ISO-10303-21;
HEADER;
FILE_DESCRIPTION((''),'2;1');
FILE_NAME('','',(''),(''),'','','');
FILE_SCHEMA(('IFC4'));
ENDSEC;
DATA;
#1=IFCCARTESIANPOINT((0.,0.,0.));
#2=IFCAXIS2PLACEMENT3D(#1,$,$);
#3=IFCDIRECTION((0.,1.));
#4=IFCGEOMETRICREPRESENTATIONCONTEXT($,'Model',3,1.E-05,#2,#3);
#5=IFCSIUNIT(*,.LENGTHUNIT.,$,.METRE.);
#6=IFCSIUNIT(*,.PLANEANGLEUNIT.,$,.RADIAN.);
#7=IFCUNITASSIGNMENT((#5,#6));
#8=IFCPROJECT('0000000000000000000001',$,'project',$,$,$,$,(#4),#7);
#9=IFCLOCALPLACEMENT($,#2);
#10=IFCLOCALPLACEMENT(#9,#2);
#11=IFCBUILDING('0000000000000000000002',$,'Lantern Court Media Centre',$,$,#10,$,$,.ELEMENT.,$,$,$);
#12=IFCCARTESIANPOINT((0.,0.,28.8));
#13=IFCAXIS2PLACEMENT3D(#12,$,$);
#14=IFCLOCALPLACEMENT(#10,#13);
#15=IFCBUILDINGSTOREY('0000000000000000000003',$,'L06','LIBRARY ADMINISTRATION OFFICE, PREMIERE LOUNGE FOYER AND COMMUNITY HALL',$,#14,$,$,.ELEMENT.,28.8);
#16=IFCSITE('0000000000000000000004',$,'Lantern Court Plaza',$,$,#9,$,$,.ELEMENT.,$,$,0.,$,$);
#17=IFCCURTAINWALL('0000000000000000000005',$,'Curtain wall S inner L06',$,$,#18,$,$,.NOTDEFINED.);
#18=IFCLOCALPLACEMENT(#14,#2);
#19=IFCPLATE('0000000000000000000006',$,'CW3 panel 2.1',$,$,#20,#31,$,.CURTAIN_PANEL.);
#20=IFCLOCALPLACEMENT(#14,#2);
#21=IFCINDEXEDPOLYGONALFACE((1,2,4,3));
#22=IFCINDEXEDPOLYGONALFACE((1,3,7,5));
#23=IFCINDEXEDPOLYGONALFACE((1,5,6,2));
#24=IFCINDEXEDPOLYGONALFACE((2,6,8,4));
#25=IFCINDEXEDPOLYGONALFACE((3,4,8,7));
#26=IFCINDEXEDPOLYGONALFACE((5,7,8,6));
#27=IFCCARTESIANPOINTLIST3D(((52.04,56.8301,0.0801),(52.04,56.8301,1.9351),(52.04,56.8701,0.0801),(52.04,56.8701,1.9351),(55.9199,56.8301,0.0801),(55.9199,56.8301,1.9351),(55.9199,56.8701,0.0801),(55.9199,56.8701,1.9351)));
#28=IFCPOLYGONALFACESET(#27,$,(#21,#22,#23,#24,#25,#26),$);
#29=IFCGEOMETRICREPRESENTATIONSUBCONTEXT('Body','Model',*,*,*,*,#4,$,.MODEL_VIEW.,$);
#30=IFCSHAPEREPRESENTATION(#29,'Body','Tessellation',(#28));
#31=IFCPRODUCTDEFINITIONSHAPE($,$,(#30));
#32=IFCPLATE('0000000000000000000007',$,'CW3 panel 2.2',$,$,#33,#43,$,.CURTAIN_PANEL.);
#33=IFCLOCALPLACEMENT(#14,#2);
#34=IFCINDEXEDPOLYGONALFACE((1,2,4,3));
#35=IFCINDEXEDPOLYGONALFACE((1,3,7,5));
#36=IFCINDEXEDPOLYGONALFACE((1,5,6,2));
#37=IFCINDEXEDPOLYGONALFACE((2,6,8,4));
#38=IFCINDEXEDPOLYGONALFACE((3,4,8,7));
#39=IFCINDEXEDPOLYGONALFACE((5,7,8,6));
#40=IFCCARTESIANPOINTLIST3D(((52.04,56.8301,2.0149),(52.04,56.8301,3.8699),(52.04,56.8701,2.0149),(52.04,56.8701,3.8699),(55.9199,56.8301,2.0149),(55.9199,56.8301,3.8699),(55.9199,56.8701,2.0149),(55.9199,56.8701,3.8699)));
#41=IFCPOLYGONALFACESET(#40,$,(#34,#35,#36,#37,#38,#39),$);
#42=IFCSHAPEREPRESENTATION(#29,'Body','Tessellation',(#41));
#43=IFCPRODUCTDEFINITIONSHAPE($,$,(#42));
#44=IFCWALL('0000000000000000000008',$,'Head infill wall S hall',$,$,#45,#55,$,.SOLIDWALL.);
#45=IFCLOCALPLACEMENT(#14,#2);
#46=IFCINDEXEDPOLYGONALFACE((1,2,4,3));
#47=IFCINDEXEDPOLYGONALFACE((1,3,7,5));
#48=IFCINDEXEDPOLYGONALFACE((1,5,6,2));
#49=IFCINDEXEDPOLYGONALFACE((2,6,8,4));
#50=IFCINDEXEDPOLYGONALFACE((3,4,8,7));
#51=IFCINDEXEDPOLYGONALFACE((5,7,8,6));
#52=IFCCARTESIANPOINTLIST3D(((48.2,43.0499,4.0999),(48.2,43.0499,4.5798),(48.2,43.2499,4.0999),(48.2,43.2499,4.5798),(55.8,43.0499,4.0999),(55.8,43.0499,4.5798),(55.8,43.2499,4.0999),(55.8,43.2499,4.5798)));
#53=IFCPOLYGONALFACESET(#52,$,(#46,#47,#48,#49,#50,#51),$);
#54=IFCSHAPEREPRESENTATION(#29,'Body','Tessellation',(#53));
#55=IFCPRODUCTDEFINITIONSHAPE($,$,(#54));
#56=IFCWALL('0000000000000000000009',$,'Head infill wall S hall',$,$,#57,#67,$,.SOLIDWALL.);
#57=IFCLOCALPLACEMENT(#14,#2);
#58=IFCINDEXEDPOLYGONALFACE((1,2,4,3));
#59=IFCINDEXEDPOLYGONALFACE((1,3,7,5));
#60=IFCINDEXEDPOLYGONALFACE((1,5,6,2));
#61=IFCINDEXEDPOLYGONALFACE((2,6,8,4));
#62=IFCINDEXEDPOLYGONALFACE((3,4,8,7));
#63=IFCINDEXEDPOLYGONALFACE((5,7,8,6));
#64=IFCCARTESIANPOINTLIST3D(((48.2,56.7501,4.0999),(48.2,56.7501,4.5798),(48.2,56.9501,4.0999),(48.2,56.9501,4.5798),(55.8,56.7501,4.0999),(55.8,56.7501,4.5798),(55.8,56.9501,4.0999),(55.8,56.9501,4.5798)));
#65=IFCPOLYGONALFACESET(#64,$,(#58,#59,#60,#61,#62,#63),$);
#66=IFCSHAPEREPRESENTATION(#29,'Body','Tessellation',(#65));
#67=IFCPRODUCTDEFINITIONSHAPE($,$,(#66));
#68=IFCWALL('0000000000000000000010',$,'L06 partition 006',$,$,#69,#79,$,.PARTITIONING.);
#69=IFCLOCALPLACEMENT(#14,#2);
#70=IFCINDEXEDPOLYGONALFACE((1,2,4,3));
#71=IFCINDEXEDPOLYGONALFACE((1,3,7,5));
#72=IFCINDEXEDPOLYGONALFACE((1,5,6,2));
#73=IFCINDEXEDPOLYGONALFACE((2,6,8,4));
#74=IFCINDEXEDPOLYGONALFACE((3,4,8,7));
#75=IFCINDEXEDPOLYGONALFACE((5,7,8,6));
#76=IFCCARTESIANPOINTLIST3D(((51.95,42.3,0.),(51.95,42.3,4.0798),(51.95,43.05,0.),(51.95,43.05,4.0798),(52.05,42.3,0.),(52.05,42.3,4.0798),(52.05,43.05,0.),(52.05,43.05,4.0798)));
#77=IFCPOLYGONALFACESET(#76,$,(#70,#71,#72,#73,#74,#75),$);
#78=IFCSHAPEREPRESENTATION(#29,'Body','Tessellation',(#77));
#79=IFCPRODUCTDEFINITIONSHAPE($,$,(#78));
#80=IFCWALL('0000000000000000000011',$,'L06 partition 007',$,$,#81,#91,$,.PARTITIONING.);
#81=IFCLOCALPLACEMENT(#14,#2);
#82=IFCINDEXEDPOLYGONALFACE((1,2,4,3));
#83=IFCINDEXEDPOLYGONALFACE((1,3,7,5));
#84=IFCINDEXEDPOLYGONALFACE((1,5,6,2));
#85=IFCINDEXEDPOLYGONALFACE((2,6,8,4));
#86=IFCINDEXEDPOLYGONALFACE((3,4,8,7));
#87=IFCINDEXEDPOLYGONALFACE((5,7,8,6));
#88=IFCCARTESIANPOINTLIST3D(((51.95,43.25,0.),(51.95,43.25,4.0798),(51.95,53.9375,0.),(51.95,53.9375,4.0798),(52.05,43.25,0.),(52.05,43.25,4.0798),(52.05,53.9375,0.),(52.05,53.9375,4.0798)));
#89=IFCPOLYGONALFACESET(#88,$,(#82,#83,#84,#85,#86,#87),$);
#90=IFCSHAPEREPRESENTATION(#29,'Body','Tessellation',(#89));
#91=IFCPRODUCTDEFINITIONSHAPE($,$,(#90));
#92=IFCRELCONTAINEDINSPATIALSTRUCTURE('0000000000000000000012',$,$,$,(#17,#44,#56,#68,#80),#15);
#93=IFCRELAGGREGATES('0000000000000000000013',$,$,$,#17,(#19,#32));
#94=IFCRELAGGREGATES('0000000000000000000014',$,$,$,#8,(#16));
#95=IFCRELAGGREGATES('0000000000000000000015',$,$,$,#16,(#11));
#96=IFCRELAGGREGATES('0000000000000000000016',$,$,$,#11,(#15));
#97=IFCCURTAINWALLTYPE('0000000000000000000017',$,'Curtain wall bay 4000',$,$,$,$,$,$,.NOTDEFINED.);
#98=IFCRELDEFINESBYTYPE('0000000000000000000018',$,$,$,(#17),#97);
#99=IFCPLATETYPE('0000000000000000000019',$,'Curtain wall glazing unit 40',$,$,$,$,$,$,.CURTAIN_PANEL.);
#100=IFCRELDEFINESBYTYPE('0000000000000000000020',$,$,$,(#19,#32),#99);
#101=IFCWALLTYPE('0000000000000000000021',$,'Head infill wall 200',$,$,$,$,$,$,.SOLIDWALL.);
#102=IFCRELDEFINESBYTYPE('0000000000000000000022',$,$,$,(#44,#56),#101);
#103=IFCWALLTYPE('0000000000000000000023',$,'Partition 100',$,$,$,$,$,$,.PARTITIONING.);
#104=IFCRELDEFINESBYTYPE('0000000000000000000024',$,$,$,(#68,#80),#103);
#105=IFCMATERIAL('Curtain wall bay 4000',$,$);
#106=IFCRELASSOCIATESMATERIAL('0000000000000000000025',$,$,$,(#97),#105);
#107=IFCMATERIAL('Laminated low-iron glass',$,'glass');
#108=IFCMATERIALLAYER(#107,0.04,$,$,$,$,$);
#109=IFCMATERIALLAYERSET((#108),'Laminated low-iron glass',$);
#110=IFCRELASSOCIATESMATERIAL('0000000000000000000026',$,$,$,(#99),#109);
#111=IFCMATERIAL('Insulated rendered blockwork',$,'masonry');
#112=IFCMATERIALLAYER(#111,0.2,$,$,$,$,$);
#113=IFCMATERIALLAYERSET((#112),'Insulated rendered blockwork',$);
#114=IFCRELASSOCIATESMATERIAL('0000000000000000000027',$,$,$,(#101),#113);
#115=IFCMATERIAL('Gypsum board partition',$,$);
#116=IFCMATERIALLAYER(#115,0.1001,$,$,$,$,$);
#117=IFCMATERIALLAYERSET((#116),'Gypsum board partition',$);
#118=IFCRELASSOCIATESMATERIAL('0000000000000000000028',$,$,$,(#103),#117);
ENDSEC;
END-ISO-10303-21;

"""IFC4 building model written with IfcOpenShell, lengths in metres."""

from ifc_helpers import new_model, si_unit, direction, frame, frame_2d, origin, origin_2d, place, context, subcontext, project, spatial, rectangle, extrude, material, layer, layer_set, type_object, element, aggregate, save


model = new_model("IFC4")

# Units and contexts
model_context = context("Model", 3, precision=1e-05, world=origin(), true_north=direction((0.0, 1.0)))
body_context = subcontext(model_context, "Body", "Model", "MODEL_VIEW")
ifc_project = project(units=[si_unit("LENGTHUNIT", "METRE"), si_unit("PLANEANGLEUNIT", "RADIAN")], contexts=[model_context])

# Site, building, storey
site_placement = place(None, origin())
site = spatial("IfcSite", under=ifc_project, at=site_placement, Name="Lantern Court Plaza", CompositionType="ELEMENT", RefElevation=0.0)
building_placement = place(site_placement, origin())
building = spatial("IfcBuilding", under=site, at=building_placement, Name="Lantern Court Media Centre", CompositionType="ELEMENT")
storey_placement = place(building_placement, frame((0.0, 0.0, 28.8)))
storey = spatial("IfcBuildingStorey", under=building, at=storey_placement, Name="L06", Description="LIBRARY ADMINISTRATION OFFICE, PREMIERE LOUNGE FOYER AND COMMUNITY HALL", CompositionType="ELEMENT", Elevation=28.8)

# Curtain wall
ifc_material_1 = material(Name="Curtain wall bay 4000")
curtain_wall_type = type_object("IfcCurtainWallType", Name="Curtain wall bay 4000", PredefinedType="NOTDEFINED", material=ifc_material_1)
curtain_wall_1_placement = place(storey_placement, origin())
curtain_wall_1 = element("IfcCurtainWall", 1, at=curtain_wall_1_placement, inside=storey, type_object=curtain_wall_type, Name="Curtain wall S inner L06", PredefinedType="NOTDEFINED")

# Plates
ifc_material_2 = material(Name="Laminated low-iron glass", Category="glass")
ifc_layer_1 = layer(ifc_material_2, 0.04)
ifc_layer_set_1 = layer_set([ifc_layer_1], Name="Laminated low-iron glass")
plate_type = type_object("IfcPlateType", Name="Curtain wall glazing unit 40", PredefinedType="CURTAIN_PANEL", material=ifc_layer_set_1)
plate_1_placement = place(storey_placement, frame((53.98, 56.8501, 0.0801), z_axis=(0.0, 0.0, 1.0), x_axis=(1.0, 0.0, 0.0)))
plate_1 = element("IfcPlate", 2, at=plate_1_placement, type_object=plate_type, Name="CW3 panel 2.1", PredefinedType="CURTAIN_PANEL", context=body_context, shape_type="SweptSolid", body=[
    extrude(rectangle(XDim=3.8799, YDim=0.04, at=origin_2d()), origin(), (0.0, 0.0, 1.0), 1.855),
])
plate_2_placement = place(storey_placement, frame((53.98, 56.8501, 2.0149), z_axis=(0.0, 0.0, 1.0), x_axis=(1.0, 0.0, 0.0)))
plate_2 = element("IfcPlate", 3, at=plate_2_placement, type_object=plate_type, Name="CW3 panel 2.2", PredefinedType="CURTAIN_PANEL", context=body_context, shape_type="SweptSolid", body=[
    extrude(rectangle(XDim=3.8799, YDim=0.04, at=origin_2d()), origin(), (0.0, 0.0, 1.0), 1.855),
])
aggregate(curtain_wall_1, [plate_1, plate_2])

# Walls
ifc_material_3 = material(Name="Insulated rendered blockwork", Category="masonry")
ifc_layer_2 = layer(ifc_material_3, 0.2)
ifc_layer_set_2 = layer_set([ifc_layer_2], Name="Insulated rendered blockwork")
wall_type_1 = type_object("IfcWallType", Name="Head infill wall 200", PredefinedType="SOLIDWALL", material=ifc_layer_set_2)
for number, where, z_axis, x_axis, name in (
    (4, (48.2, 43.1499, 4.0999), (0.0, 0.0, 1.0), (1.0, 0.0, 0.0), "Head infill wall S hall"),
    (5, (48.2, 56.8501, 4.0999), (0.0, 0.0, 1.0), (1.0, 0.0, 0.0), "Head infill wall S hall"),
):
    element("IfcWall", number, at=place(storey_placement, frame(where, z_axis=z_axis, x_axis=x_axis)), inside=storey, type_object=wall_type_1, Name=name, PredefinedType="SOLIDWALL", context=body_context, shape_type="SweptSolid", body=[
        extrude(rectangle(XDim=7.6001, YDim=0.2, at=frame_2d((3.8, 0.0))), origin(), (0.0, 0.0, 1.0), 0.48),
    ])
ifc_material_4 = material(Name="Gypsum board partition")
ifc_layer_3 = layer(ifc_material_4, 0.1001)
ifc_layer_set_3 = layer_set([ifc_layer_3], Name="Gypsum board partition")
wall_type_2 = type_object("IfcWallType", Name="Partition 100", PredefinedType="PARTITIONING", material=ifc_layer_set_3)
wall_1_placement = place(storey_placement, frame((52.0, 42.3, 0.0), z_axis=(0.0, 0.0, 1.0), x_axis=(0.0, 1.0, 0.0)))
element("IfcWall", 6, at=wall_1_placement, inside=storey, type_object=wall_type_2, Name="L06 partition 006", PredefinedType="PARTITIONING", context=body_context, shape_type="SweptSolid", body=[
    extrude(rectangle(XDim=0.75, YDim=0.1001, at=frame_2d((0.375, 0.0))), origin(), (0.0, 0.0, 1.0), 4.0798),
])
wall_2_placement = place(storey_placement, frame((52.0, 43.25, 0.0), z_axis=(0.0, 0.0, 1.0), x_axis=(0.0, 1.0, 0.0)))
element("IfcWall", 7, at=wall_2_placement, inside=storey, type_object=wall_type_2, Name="L06 partition 007", PredefinedType="PARTITIONING", context=body_context, shape_type="SweptSolid", body=[
    extrude(rectangle(XDim=10.6875, YDim=0.1001, at=frame_2d((5.3438, 0.0))), origin(), (0.0, 0.0, 1.0), 4.0798),
])

save(model, "model.ifc")
